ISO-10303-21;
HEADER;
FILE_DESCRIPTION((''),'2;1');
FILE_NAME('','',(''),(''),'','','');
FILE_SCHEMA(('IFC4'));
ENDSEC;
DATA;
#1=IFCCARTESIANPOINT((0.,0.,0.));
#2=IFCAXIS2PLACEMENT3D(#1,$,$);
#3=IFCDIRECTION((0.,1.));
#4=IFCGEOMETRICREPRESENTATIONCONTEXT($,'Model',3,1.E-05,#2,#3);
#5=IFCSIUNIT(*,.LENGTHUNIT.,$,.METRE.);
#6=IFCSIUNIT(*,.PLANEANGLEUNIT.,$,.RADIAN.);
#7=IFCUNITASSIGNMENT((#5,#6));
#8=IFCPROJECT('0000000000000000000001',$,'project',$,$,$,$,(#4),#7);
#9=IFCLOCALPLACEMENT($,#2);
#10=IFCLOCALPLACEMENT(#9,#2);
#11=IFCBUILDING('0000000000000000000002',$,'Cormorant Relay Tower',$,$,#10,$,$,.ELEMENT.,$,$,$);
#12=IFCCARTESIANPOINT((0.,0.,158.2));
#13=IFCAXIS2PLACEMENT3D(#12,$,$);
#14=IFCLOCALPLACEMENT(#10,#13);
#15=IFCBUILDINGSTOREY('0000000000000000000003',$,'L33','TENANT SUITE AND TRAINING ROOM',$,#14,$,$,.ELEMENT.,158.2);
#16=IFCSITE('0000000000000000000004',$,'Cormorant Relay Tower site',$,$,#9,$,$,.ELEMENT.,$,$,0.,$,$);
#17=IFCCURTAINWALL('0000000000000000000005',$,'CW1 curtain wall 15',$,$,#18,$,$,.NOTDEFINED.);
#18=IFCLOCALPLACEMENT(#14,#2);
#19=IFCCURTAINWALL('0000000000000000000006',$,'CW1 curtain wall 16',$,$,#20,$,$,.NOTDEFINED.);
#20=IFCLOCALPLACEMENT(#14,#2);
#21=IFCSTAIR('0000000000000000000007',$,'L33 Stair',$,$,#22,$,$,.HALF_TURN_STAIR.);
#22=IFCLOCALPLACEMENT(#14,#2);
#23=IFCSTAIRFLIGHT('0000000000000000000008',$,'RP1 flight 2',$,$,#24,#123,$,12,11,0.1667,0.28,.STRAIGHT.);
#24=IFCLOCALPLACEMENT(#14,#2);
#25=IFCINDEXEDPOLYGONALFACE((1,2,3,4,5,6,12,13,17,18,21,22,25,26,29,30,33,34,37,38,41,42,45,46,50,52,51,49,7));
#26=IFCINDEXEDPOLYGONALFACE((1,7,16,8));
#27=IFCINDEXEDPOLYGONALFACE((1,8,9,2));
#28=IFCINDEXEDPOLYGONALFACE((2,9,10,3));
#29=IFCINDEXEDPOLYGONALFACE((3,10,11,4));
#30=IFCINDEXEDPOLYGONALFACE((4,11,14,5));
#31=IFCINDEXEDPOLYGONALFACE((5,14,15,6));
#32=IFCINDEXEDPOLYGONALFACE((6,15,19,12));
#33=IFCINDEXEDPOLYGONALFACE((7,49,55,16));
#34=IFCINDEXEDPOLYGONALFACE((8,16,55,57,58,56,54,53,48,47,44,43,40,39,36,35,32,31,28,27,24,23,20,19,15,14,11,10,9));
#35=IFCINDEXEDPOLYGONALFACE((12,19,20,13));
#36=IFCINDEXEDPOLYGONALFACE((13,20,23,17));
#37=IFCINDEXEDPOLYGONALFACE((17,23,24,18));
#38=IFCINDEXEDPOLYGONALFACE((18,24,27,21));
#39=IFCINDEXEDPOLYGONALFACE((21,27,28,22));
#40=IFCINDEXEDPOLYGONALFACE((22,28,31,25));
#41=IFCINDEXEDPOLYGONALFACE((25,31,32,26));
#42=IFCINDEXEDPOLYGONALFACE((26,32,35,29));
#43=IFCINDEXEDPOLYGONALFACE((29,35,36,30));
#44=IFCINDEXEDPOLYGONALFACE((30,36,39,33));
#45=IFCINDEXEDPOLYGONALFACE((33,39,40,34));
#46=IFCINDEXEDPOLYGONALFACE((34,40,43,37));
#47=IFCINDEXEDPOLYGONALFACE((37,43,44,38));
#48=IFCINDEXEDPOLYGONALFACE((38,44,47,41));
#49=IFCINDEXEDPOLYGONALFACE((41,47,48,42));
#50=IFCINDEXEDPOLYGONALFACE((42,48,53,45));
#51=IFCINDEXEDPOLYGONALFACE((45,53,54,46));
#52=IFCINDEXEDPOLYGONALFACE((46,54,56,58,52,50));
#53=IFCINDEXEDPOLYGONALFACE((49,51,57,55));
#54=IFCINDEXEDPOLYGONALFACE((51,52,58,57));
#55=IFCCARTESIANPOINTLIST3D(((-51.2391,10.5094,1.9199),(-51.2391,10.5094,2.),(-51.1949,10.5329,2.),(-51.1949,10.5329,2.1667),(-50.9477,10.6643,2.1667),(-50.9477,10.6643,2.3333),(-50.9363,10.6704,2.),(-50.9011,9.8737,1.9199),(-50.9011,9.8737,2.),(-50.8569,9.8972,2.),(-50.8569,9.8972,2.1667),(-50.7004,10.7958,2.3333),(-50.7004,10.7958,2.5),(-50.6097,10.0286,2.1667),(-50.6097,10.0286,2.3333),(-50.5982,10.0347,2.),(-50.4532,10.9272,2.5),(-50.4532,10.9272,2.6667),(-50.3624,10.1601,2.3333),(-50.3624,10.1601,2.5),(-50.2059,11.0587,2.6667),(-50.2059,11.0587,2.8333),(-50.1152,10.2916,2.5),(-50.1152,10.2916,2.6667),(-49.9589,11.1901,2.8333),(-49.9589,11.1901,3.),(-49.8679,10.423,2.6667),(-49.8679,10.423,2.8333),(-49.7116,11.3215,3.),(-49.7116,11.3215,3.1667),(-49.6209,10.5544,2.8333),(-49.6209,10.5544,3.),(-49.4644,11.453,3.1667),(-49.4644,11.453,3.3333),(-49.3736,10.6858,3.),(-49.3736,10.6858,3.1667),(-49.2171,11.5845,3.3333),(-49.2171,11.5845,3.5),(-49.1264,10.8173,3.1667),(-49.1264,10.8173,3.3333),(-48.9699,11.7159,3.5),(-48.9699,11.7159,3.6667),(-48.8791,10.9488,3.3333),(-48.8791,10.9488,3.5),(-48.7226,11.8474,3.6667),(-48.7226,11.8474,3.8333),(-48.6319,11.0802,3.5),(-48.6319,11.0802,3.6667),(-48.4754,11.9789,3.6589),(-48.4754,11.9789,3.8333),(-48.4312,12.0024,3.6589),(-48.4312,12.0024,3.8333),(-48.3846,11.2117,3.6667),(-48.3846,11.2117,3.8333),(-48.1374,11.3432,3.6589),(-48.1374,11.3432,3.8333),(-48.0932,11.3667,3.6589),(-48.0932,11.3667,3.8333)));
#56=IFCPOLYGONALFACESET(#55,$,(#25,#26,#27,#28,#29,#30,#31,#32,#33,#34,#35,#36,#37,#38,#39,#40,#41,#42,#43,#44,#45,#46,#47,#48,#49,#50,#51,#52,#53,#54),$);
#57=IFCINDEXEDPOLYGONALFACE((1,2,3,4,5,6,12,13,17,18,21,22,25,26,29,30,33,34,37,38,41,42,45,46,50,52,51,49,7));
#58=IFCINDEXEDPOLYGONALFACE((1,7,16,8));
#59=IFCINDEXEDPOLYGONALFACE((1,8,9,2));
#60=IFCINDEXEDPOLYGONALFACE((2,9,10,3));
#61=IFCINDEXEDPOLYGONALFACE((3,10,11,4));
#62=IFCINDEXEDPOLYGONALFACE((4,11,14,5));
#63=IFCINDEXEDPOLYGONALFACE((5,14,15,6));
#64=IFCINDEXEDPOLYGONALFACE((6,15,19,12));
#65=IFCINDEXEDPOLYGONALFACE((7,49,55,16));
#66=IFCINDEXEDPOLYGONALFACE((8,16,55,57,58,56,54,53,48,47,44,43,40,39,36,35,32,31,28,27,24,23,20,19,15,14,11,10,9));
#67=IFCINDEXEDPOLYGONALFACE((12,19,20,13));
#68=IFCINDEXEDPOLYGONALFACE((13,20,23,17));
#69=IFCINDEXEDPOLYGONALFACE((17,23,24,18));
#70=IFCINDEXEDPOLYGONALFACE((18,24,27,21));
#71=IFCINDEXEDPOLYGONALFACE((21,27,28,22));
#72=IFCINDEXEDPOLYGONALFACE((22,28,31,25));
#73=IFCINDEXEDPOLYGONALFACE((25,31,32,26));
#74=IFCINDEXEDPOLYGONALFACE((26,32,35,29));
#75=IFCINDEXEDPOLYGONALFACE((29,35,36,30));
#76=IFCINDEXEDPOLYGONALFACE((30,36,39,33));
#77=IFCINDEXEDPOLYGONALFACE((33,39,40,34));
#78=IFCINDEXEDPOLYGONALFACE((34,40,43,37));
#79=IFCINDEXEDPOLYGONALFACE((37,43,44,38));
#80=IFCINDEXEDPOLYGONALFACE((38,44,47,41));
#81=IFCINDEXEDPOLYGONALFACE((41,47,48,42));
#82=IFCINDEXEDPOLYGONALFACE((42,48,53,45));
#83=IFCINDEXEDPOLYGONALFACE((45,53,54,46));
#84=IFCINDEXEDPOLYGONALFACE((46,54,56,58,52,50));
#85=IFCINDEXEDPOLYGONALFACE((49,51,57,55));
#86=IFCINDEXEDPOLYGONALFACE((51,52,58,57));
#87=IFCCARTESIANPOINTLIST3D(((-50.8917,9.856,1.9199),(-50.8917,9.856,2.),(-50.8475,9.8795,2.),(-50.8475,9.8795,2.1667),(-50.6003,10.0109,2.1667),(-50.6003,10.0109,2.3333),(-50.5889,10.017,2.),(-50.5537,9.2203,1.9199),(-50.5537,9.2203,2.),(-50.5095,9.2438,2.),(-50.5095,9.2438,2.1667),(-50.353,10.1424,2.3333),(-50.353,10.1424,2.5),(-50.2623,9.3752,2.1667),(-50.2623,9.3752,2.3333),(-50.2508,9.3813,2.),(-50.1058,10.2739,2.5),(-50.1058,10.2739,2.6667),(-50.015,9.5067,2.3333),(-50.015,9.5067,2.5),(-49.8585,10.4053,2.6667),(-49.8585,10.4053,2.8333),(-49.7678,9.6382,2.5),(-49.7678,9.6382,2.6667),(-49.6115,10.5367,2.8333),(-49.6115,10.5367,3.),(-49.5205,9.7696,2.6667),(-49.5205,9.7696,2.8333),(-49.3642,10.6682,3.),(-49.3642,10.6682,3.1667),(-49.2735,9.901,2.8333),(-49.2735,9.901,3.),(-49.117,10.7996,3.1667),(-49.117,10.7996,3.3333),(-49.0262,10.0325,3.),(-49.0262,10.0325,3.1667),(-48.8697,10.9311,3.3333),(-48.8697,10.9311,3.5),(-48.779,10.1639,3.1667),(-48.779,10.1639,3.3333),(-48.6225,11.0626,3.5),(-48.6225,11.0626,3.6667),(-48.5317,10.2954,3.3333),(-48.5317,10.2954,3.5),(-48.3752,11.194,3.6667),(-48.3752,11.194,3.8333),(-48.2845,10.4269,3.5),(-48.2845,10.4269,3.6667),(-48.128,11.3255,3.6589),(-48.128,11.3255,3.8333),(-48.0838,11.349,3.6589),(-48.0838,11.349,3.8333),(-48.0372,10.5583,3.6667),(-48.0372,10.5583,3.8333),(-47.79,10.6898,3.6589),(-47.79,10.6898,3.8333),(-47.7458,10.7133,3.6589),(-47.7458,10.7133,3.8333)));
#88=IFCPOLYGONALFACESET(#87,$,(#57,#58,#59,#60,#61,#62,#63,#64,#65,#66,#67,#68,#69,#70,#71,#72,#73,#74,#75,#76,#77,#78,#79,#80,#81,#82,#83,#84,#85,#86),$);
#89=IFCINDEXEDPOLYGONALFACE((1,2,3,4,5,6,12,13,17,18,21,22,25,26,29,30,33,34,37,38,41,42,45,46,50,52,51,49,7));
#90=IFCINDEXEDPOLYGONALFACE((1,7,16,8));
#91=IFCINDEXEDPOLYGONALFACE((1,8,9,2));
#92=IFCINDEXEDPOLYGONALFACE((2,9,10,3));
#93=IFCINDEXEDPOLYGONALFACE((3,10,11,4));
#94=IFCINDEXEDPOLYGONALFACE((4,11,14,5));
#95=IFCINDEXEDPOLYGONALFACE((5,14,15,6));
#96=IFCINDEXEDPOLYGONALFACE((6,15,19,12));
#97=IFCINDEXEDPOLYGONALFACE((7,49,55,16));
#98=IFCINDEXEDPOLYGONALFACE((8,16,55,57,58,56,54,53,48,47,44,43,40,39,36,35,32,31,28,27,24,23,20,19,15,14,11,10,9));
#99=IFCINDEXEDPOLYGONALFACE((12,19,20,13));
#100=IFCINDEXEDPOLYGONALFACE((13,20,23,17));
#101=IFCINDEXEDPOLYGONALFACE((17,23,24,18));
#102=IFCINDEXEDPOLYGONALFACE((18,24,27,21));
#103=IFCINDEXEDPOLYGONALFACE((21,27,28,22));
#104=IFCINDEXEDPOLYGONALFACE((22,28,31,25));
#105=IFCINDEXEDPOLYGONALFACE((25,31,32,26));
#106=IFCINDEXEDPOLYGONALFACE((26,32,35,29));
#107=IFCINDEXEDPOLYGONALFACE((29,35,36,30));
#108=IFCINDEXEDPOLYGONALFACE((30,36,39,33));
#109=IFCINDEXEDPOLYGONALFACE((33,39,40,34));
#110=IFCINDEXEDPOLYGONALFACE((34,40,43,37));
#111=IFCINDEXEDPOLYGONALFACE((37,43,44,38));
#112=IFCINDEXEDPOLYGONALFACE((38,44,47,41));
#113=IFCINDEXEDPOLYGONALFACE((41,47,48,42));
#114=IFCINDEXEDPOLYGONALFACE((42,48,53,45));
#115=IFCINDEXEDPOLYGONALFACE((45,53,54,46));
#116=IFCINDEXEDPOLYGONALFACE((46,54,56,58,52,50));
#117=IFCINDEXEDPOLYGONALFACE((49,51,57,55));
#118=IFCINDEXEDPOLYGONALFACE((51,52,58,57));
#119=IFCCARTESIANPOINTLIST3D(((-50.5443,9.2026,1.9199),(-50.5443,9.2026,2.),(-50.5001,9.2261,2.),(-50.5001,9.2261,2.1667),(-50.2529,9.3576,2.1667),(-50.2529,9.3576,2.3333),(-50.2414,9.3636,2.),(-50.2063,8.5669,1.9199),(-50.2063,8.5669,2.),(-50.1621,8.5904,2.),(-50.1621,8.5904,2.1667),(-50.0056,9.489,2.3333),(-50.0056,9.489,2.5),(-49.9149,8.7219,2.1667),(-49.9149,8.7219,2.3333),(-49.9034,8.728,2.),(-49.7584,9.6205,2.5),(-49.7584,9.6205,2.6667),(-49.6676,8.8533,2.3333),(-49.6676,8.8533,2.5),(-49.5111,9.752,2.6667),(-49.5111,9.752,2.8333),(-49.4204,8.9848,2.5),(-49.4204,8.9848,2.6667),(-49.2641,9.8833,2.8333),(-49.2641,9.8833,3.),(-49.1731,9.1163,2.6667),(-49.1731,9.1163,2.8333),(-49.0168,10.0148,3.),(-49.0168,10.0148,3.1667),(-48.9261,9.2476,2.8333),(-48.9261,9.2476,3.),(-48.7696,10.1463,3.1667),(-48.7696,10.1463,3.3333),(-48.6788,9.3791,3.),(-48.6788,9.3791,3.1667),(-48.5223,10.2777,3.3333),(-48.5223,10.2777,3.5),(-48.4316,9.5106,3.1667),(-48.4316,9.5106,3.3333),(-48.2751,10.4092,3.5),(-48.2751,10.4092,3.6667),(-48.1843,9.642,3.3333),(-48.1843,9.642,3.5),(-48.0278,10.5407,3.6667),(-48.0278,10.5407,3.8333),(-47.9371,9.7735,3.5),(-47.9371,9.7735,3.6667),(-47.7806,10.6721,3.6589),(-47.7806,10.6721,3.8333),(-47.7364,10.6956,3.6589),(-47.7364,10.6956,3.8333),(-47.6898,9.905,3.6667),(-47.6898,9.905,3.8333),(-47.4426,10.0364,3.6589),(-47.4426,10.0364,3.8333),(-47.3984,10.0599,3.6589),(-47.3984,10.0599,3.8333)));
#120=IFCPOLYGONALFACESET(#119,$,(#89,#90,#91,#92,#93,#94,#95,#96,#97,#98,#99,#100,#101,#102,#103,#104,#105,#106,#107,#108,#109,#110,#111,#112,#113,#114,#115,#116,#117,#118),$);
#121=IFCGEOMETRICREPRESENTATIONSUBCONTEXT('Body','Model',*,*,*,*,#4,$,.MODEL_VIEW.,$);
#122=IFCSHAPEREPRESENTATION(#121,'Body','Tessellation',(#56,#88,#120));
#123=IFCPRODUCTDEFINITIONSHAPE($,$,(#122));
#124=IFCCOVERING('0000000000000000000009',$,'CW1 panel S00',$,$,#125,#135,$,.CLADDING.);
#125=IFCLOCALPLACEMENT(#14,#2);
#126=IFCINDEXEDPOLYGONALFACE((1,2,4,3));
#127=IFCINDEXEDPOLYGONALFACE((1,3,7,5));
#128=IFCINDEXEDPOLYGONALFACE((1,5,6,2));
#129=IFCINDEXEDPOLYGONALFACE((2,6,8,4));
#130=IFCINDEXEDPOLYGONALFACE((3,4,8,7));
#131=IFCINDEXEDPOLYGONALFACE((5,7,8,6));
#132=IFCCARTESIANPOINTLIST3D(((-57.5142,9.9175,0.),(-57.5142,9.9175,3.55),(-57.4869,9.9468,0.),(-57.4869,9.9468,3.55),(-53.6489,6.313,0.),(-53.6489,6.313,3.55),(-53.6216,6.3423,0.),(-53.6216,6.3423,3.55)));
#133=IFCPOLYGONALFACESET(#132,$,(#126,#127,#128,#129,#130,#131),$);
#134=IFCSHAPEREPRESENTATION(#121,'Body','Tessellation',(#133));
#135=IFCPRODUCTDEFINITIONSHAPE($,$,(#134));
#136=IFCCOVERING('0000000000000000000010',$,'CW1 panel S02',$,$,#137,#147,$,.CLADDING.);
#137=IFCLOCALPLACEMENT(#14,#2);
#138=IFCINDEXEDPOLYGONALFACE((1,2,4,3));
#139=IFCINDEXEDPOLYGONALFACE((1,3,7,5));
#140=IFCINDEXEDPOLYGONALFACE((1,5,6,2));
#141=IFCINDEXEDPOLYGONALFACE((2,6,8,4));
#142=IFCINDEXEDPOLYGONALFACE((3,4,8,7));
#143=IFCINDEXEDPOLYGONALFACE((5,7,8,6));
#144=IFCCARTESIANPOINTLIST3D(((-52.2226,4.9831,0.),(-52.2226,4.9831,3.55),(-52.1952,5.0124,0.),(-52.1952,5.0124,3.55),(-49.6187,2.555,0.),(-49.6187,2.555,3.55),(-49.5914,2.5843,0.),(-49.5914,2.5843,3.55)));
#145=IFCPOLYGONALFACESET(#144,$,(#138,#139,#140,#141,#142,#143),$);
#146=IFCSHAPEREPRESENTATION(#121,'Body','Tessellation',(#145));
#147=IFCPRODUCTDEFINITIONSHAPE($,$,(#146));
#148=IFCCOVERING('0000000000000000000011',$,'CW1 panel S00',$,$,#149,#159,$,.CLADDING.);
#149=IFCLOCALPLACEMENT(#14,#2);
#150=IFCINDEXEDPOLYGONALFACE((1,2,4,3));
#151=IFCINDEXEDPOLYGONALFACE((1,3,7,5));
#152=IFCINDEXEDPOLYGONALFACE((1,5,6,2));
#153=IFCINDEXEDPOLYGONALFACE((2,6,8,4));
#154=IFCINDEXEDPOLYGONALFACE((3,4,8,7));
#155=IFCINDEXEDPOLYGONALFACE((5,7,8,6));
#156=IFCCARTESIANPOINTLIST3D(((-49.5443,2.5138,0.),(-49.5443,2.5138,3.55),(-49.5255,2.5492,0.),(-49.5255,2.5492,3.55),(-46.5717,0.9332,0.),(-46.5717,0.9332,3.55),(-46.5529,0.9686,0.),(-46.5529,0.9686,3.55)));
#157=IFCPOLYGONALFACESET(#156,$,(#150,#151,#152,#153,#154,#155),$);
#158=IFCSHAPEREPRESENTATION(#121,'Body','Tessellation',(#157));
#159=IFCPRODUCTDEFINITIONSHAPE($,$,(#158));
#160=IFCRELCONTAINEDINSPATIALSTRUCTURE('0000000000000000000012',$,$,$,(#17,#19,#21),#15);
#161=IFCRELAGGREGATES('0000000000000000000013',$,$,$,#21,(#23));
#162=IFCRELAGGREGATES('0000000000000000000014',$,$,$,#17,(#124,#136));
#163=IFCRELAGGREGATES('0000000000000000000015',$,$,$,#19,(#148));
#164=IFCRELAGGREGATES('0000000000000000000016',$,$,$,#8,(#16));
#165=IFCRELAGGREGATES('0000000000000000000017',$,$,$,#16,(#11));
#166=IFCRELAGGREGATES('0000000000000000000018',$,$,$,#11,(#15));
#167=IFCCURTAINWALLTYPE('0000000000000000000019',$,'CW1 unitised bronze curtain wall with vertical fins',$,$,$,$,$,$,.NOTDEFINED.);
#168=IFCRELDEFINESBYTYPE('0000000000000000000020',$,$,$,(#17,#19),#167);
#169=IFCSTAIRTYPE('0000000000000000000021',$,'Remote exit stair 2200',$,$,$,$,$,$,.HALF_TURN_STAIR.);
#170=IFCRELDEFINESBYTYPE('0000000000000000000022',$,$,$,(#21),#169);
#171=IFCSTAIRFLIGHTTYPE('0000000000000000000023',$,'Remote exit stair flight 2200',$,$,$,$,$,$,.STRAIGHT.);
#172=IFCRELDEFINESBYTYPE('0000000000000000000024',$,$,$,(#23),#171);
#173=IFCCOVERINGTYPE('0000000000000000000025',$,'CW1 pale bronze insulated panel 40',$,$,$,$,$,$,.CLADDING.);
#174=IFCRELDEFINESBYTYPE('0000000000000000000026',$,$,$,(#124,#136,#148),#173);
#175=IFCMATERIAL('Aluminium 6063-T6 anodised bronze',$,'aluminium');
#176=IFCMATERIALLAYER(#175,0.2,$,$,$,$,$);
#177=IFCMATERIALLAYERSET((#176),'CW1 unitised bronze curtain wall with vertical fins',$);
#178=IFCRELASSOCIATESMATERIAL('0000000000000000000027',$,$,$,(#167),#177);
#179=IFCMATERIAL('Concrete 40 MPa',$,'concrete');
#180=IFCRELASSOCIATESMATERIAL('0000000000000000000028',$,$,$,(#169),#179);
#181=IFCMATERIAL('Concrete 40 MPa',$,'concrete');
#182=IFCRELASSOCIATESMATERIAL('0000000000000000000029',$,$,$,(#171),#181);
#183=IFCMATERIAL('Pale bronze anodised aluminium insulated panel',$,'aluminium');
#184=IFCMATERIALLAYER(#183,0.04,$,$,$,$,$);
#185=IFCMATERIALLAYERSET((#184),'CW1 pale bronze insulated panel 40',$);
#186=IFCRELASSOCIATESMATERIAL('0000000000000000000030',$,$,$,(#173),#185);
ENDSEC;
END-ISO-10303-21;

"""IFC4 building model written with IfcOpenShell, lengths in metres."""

from ifc_helpers import new_model, si_unit, direction, frame, origin, origin_2d, place, context, subcontext, project, spatial, polyline, rectangle, outline, extrude, material, layer, layer_set, type_object, element, aggregate, save


model = new_model("IFC4")

# Units and contexts
model_context = context("Model", 3, precision=1e-05, world=origin(), true_north=direction((0.0, 1.0)))
body_context = subcontext(model_context, "Body", "Model", "MODEL_VIEW")
ifc_project = project(units=[si_unit("LENGTHUNIT", "METRE"), si_unit("PLANEANGLEUNIT", "RADIAN")], contexts=[model_context])

# Site, building, storey
site_placement = place(None, origin())
site = spatial("IfcSite", under=ifc_project, at=site_placement, Name="Cormorant Relay Tower site", CompositionType="ELEMENT", RefElevation=0.0)
building_placement = place(site_placement, origin())
building = spatial("IfcBuilding", under=site, at=building_placement, Name="Cormorant Relay Tower", CompositionType="ELEMENT")
storey_placement = place(building_placement, frame((0.0, 0.0, 158.2)))
storey = spatial("IfcBuildingStorey", under=building, at=storey_placement, Name="L33", Description="TENANT SUITE AND TRAINING ROOM", CompositionType="ELEMENT", Elevation=158.2)

# Shared definitions
ifc_material_1 = material(Name="Aluminium 6063-T6 anodised bronze", Category="aluminium")
ifc_layer_1 = layer(ifc_material_1, 0.2)
ifc_layer_set_1 = layer_set([ifc_layer_1], Name="CW1 unitised bronze curtain wall with vertical fins")
curtain_wall_type = type_object("IfcCurtainWallType", Name="CW1 unitised bronze curtain wall with vertical fins", PredefinedType="NOTDEFINED", material=ifc_layer_set_1)

# Curtain wall
curtain_wall_1_placement = place(storey_placement, origin())
curtain_wall_1 = element("IfcCurtainWall", 1, at=curtain_wall_1_placement, inside=storey, type_object=curtain_wall_type, Name="CW1 curtain wall 15", PredefinedType="NOTDEFINED")

# Curtain wall
curtain_wall_2_placement = place(storey_placement, origin())
curtain_wall_2 = element("IfcCurtainWall", 2, at=curtain_wall_2_placement, inside=storey, type_object=curtain_wall_type, Name="CW1 curtain wall 16", PredefinedType="NOTDEFINED")

# Stair, stair flight
ifc_material_2 = material(Name="Concrete 40 MPa", Category="concrete")
stair_type = type_object("IfcStairType", Name="Remote exit stair 2200", PredefinedType="HALF_TURN_STAIR", material=ifc_material_2)
stair_placement = place(storey_placement, origin())
stair = element("IfcStair", 3, at=stair_placement, inside=storey, type_object=stair_type, Name="L33 Stair", PredefinedType="HALF_TURN_STAIR")
ifc_material_3 = material(Name="Concrete 40 MPa", Category="concrete")
stair_flight_type = type_object("IfcStairFlightType", Name="Remote exit stair flight 2200", PredefinedType="STRAIGHT", material=ifc_material_3)
stair_flight_1_placement = place(storey_placement, frame((-50.6785, 9.5615, 2.0), z_axis=(0.0, 0.0, 1.0), x_axis=(0.882948, 0.469472, 0.0)))
stair_flight_1 = element("IfcStairFlight", 4, at=stair_flight_1_placement, type_object=stair_flight_type, Name="RP1 flight 2", NumberOfRisers=12, NumberOfTreads=11, PredefinedType="STRAIGHT", RiserHeight=0.1667, TreadLength=0.28, context=body_context, shape_type="SweptSolid", body=[
    extrude(outline(polyline([(-0.05, -0.0801), (-0.05, 0.0), (0.0, 0.0), (0.0, 0.1667), (0.28, 0.1667), (0.28, 0.3333), (0.5601, 0.3333), (0.5601, 0.5), (0.8401, 0.5), (0.8401, 0.6667), (1.1201, 0.6667), (1.1201, 0.8333), (1.3999, 0.8333), (1.3999, 1.0), (1.6799, 1.0), (1.6799, 1.1667), (1.96, 1.1667), (1.96, 1.3333), (2.24, 1.3333), (2.24, 1.5), (2.52, 1.5), (2.52, 1.6667), (2.8, 1.6667), (2.8, 1.8333), (3.0801, 1.8333), (3.1301, 1.8333), (3.1301, 1.6589), (3.0801, 1.6589), (0.293, 0.0), (-0.05, -0.0801)])), frame((0.0, 1.1001, 0.0), z_axis=(0.0, -1.0, 0.0), x_axis=(1.0, 0.0, 0.0)), (0.0, 0.0, 1.0), 0.72),
    extrude(outline(polyline([(-0.05, -0.0801), (-0.05, 0.0), (0.0, 0.0), (0.0, 0.1667), (0.28, 0.1667), (0.28, 0.3333), (0.5601, 0.3333), (0.5601, 0.5), (0.8401, 0.5), (0.8401, 0.6667), (1.1201, 0.6667), (1.1201, 0.8333), (1.3999, 0.8333), (1.3999, 1.0), (1.6799, 1.0), (1.6799, 1.1667), (1.96, 1.1667), (1.96, 1.3333), (2.24, 1.3333), (2.24, 1.5), (2.52, 1.5), (2.52, 1.6667), (2.8, 1.6667), (2.8, 1.8333), (3.0801, 1.8333), (3.1301, 1.8333), (3.1301, 1.6589), (3.0801, 1.6589), (0.293, 0.0), (-0.05, -0.0801)])), frame((0.0, 0.3601, 0.0), z_axis=(0.0, -1.0, 0.0), x_axis=(1.0, 0.0, 0.0)), (0.0, 0.0, 1.0), 0.72),
    extrude(outline(polyline([(-0.05, -0.0801), (-0.05, 0.0), (0.0, 0.0), (0.0, 0.1667), (0.28, 0.1667), (0.28, 0.3333), (0.5601, 0.3333), (0.5601, 0.5), (0.8401, 0.5), (0.8401, 0.6667), (1.1201, 0.6667), (1.1201, 0.8333), (1.3999, 0.8333), (1.3999, 1.0), (1.6799, 1.0), (1.6799, 1.1667), (1.96, 1.1667), (1.96, 1.3333), (2.24, 1.3333), (2.24, 1.5), (2.52, 1.5), (2.52, 1.6667), (2.8, 1.6667), (2.8, 1.8333), (3.0801, 1.8333), (3.1301, 1.8333), (3.1301, 1.6589), (3.0801, 1.6589), (0.293, 0.0), (-0.05, -0.0801)])), frame((0.0, -0.3799, 0.0), z_axis=(0.0, -1.0, 0.0), x_axis=(1.0, 0.0, 0.0)), (0.0, 0.0, 1.0), 0.72),
])
aggregate(stair, [stair_flight_1])

# Coverings
ifc_material_4 = material(Name="Pale bronze anodised aluminium insulated panel", Category="aluminium")
ifc_layer_2 = layer(ifc_material_4, 0.04)
ifc_layer_set_2 = layer_set([ifc_layer_2], Name="CW1 pale bronze insulated panel 40")
covering_type = type_object("IfcCoveringType", Name="CW1 pale bronze insulated panel 40", PredefinedType="CLADDING", material=ifc_layer_set_2)
covering_1_placement = place(storey_placement, frame((-55.5679, 8.1299, 0.0), z_axis=(0.0, 0.0, 1.0), x_axis=(0.731354, -0.681998, 0.0)))
covering_1 = element("IfcCovering", 5, at=covering_1_placement, type_object=covering_type, Name="CW1 panel S00", PredefinedType="CLADDING", context=body_context, shape_type="SweptSolid", body=[
    extrude(rectangle(XDim=5.2852, YDim=0.04, at=origin_2d()), origin(), (0.0, 0.0, 1.0), 3.55),
])
covering_2_placement = place(storey_placement, frame((-50.907, 3.7837, 0.0), z_axis=(0.0, 0.0, 1.0), x_axis=(0.731354, -0.681998, 0.0)))
covering_2 = element("IfcCovering", 6, at=covering_2_placement, type_object=covering_type, Name="CW1 panel S02", PredefinedType="CLADDING", context=body_context, shape_type="SweptSolid", body=[
    extrude(rectangle(XDim=3.5603, YDim=0.04, at=origin_2d()), origin(), (0.0, 0.0, 1.0), 3.55),
])
aggregate(curtain_wall_1, [covering_1, covering_2])
covering_3_placement = place(storey_placement, frame((-48.0486, 1.7412, 0.0), z_axis=(0.0, 0.0, 1.0), x_axis=(0.882948, -0.469472, 0.0)))
covering_3 = element("IfcCovering", 7, at=covering_3_placement, type_object=covering_type, Name="CW1 panel S00", PredefinedType="CLADDING", context=body_context, shape_type="SweptSolid", body=[
    extrude(rectangle(XDim=3.3667, YDim=0.04, at=origin_2d()), origin(), (0.0, 0.0, 1.0), 3.55),
])
aggregate(curtain_wall_2, [covering_3])

save(model, "model.ifc")
